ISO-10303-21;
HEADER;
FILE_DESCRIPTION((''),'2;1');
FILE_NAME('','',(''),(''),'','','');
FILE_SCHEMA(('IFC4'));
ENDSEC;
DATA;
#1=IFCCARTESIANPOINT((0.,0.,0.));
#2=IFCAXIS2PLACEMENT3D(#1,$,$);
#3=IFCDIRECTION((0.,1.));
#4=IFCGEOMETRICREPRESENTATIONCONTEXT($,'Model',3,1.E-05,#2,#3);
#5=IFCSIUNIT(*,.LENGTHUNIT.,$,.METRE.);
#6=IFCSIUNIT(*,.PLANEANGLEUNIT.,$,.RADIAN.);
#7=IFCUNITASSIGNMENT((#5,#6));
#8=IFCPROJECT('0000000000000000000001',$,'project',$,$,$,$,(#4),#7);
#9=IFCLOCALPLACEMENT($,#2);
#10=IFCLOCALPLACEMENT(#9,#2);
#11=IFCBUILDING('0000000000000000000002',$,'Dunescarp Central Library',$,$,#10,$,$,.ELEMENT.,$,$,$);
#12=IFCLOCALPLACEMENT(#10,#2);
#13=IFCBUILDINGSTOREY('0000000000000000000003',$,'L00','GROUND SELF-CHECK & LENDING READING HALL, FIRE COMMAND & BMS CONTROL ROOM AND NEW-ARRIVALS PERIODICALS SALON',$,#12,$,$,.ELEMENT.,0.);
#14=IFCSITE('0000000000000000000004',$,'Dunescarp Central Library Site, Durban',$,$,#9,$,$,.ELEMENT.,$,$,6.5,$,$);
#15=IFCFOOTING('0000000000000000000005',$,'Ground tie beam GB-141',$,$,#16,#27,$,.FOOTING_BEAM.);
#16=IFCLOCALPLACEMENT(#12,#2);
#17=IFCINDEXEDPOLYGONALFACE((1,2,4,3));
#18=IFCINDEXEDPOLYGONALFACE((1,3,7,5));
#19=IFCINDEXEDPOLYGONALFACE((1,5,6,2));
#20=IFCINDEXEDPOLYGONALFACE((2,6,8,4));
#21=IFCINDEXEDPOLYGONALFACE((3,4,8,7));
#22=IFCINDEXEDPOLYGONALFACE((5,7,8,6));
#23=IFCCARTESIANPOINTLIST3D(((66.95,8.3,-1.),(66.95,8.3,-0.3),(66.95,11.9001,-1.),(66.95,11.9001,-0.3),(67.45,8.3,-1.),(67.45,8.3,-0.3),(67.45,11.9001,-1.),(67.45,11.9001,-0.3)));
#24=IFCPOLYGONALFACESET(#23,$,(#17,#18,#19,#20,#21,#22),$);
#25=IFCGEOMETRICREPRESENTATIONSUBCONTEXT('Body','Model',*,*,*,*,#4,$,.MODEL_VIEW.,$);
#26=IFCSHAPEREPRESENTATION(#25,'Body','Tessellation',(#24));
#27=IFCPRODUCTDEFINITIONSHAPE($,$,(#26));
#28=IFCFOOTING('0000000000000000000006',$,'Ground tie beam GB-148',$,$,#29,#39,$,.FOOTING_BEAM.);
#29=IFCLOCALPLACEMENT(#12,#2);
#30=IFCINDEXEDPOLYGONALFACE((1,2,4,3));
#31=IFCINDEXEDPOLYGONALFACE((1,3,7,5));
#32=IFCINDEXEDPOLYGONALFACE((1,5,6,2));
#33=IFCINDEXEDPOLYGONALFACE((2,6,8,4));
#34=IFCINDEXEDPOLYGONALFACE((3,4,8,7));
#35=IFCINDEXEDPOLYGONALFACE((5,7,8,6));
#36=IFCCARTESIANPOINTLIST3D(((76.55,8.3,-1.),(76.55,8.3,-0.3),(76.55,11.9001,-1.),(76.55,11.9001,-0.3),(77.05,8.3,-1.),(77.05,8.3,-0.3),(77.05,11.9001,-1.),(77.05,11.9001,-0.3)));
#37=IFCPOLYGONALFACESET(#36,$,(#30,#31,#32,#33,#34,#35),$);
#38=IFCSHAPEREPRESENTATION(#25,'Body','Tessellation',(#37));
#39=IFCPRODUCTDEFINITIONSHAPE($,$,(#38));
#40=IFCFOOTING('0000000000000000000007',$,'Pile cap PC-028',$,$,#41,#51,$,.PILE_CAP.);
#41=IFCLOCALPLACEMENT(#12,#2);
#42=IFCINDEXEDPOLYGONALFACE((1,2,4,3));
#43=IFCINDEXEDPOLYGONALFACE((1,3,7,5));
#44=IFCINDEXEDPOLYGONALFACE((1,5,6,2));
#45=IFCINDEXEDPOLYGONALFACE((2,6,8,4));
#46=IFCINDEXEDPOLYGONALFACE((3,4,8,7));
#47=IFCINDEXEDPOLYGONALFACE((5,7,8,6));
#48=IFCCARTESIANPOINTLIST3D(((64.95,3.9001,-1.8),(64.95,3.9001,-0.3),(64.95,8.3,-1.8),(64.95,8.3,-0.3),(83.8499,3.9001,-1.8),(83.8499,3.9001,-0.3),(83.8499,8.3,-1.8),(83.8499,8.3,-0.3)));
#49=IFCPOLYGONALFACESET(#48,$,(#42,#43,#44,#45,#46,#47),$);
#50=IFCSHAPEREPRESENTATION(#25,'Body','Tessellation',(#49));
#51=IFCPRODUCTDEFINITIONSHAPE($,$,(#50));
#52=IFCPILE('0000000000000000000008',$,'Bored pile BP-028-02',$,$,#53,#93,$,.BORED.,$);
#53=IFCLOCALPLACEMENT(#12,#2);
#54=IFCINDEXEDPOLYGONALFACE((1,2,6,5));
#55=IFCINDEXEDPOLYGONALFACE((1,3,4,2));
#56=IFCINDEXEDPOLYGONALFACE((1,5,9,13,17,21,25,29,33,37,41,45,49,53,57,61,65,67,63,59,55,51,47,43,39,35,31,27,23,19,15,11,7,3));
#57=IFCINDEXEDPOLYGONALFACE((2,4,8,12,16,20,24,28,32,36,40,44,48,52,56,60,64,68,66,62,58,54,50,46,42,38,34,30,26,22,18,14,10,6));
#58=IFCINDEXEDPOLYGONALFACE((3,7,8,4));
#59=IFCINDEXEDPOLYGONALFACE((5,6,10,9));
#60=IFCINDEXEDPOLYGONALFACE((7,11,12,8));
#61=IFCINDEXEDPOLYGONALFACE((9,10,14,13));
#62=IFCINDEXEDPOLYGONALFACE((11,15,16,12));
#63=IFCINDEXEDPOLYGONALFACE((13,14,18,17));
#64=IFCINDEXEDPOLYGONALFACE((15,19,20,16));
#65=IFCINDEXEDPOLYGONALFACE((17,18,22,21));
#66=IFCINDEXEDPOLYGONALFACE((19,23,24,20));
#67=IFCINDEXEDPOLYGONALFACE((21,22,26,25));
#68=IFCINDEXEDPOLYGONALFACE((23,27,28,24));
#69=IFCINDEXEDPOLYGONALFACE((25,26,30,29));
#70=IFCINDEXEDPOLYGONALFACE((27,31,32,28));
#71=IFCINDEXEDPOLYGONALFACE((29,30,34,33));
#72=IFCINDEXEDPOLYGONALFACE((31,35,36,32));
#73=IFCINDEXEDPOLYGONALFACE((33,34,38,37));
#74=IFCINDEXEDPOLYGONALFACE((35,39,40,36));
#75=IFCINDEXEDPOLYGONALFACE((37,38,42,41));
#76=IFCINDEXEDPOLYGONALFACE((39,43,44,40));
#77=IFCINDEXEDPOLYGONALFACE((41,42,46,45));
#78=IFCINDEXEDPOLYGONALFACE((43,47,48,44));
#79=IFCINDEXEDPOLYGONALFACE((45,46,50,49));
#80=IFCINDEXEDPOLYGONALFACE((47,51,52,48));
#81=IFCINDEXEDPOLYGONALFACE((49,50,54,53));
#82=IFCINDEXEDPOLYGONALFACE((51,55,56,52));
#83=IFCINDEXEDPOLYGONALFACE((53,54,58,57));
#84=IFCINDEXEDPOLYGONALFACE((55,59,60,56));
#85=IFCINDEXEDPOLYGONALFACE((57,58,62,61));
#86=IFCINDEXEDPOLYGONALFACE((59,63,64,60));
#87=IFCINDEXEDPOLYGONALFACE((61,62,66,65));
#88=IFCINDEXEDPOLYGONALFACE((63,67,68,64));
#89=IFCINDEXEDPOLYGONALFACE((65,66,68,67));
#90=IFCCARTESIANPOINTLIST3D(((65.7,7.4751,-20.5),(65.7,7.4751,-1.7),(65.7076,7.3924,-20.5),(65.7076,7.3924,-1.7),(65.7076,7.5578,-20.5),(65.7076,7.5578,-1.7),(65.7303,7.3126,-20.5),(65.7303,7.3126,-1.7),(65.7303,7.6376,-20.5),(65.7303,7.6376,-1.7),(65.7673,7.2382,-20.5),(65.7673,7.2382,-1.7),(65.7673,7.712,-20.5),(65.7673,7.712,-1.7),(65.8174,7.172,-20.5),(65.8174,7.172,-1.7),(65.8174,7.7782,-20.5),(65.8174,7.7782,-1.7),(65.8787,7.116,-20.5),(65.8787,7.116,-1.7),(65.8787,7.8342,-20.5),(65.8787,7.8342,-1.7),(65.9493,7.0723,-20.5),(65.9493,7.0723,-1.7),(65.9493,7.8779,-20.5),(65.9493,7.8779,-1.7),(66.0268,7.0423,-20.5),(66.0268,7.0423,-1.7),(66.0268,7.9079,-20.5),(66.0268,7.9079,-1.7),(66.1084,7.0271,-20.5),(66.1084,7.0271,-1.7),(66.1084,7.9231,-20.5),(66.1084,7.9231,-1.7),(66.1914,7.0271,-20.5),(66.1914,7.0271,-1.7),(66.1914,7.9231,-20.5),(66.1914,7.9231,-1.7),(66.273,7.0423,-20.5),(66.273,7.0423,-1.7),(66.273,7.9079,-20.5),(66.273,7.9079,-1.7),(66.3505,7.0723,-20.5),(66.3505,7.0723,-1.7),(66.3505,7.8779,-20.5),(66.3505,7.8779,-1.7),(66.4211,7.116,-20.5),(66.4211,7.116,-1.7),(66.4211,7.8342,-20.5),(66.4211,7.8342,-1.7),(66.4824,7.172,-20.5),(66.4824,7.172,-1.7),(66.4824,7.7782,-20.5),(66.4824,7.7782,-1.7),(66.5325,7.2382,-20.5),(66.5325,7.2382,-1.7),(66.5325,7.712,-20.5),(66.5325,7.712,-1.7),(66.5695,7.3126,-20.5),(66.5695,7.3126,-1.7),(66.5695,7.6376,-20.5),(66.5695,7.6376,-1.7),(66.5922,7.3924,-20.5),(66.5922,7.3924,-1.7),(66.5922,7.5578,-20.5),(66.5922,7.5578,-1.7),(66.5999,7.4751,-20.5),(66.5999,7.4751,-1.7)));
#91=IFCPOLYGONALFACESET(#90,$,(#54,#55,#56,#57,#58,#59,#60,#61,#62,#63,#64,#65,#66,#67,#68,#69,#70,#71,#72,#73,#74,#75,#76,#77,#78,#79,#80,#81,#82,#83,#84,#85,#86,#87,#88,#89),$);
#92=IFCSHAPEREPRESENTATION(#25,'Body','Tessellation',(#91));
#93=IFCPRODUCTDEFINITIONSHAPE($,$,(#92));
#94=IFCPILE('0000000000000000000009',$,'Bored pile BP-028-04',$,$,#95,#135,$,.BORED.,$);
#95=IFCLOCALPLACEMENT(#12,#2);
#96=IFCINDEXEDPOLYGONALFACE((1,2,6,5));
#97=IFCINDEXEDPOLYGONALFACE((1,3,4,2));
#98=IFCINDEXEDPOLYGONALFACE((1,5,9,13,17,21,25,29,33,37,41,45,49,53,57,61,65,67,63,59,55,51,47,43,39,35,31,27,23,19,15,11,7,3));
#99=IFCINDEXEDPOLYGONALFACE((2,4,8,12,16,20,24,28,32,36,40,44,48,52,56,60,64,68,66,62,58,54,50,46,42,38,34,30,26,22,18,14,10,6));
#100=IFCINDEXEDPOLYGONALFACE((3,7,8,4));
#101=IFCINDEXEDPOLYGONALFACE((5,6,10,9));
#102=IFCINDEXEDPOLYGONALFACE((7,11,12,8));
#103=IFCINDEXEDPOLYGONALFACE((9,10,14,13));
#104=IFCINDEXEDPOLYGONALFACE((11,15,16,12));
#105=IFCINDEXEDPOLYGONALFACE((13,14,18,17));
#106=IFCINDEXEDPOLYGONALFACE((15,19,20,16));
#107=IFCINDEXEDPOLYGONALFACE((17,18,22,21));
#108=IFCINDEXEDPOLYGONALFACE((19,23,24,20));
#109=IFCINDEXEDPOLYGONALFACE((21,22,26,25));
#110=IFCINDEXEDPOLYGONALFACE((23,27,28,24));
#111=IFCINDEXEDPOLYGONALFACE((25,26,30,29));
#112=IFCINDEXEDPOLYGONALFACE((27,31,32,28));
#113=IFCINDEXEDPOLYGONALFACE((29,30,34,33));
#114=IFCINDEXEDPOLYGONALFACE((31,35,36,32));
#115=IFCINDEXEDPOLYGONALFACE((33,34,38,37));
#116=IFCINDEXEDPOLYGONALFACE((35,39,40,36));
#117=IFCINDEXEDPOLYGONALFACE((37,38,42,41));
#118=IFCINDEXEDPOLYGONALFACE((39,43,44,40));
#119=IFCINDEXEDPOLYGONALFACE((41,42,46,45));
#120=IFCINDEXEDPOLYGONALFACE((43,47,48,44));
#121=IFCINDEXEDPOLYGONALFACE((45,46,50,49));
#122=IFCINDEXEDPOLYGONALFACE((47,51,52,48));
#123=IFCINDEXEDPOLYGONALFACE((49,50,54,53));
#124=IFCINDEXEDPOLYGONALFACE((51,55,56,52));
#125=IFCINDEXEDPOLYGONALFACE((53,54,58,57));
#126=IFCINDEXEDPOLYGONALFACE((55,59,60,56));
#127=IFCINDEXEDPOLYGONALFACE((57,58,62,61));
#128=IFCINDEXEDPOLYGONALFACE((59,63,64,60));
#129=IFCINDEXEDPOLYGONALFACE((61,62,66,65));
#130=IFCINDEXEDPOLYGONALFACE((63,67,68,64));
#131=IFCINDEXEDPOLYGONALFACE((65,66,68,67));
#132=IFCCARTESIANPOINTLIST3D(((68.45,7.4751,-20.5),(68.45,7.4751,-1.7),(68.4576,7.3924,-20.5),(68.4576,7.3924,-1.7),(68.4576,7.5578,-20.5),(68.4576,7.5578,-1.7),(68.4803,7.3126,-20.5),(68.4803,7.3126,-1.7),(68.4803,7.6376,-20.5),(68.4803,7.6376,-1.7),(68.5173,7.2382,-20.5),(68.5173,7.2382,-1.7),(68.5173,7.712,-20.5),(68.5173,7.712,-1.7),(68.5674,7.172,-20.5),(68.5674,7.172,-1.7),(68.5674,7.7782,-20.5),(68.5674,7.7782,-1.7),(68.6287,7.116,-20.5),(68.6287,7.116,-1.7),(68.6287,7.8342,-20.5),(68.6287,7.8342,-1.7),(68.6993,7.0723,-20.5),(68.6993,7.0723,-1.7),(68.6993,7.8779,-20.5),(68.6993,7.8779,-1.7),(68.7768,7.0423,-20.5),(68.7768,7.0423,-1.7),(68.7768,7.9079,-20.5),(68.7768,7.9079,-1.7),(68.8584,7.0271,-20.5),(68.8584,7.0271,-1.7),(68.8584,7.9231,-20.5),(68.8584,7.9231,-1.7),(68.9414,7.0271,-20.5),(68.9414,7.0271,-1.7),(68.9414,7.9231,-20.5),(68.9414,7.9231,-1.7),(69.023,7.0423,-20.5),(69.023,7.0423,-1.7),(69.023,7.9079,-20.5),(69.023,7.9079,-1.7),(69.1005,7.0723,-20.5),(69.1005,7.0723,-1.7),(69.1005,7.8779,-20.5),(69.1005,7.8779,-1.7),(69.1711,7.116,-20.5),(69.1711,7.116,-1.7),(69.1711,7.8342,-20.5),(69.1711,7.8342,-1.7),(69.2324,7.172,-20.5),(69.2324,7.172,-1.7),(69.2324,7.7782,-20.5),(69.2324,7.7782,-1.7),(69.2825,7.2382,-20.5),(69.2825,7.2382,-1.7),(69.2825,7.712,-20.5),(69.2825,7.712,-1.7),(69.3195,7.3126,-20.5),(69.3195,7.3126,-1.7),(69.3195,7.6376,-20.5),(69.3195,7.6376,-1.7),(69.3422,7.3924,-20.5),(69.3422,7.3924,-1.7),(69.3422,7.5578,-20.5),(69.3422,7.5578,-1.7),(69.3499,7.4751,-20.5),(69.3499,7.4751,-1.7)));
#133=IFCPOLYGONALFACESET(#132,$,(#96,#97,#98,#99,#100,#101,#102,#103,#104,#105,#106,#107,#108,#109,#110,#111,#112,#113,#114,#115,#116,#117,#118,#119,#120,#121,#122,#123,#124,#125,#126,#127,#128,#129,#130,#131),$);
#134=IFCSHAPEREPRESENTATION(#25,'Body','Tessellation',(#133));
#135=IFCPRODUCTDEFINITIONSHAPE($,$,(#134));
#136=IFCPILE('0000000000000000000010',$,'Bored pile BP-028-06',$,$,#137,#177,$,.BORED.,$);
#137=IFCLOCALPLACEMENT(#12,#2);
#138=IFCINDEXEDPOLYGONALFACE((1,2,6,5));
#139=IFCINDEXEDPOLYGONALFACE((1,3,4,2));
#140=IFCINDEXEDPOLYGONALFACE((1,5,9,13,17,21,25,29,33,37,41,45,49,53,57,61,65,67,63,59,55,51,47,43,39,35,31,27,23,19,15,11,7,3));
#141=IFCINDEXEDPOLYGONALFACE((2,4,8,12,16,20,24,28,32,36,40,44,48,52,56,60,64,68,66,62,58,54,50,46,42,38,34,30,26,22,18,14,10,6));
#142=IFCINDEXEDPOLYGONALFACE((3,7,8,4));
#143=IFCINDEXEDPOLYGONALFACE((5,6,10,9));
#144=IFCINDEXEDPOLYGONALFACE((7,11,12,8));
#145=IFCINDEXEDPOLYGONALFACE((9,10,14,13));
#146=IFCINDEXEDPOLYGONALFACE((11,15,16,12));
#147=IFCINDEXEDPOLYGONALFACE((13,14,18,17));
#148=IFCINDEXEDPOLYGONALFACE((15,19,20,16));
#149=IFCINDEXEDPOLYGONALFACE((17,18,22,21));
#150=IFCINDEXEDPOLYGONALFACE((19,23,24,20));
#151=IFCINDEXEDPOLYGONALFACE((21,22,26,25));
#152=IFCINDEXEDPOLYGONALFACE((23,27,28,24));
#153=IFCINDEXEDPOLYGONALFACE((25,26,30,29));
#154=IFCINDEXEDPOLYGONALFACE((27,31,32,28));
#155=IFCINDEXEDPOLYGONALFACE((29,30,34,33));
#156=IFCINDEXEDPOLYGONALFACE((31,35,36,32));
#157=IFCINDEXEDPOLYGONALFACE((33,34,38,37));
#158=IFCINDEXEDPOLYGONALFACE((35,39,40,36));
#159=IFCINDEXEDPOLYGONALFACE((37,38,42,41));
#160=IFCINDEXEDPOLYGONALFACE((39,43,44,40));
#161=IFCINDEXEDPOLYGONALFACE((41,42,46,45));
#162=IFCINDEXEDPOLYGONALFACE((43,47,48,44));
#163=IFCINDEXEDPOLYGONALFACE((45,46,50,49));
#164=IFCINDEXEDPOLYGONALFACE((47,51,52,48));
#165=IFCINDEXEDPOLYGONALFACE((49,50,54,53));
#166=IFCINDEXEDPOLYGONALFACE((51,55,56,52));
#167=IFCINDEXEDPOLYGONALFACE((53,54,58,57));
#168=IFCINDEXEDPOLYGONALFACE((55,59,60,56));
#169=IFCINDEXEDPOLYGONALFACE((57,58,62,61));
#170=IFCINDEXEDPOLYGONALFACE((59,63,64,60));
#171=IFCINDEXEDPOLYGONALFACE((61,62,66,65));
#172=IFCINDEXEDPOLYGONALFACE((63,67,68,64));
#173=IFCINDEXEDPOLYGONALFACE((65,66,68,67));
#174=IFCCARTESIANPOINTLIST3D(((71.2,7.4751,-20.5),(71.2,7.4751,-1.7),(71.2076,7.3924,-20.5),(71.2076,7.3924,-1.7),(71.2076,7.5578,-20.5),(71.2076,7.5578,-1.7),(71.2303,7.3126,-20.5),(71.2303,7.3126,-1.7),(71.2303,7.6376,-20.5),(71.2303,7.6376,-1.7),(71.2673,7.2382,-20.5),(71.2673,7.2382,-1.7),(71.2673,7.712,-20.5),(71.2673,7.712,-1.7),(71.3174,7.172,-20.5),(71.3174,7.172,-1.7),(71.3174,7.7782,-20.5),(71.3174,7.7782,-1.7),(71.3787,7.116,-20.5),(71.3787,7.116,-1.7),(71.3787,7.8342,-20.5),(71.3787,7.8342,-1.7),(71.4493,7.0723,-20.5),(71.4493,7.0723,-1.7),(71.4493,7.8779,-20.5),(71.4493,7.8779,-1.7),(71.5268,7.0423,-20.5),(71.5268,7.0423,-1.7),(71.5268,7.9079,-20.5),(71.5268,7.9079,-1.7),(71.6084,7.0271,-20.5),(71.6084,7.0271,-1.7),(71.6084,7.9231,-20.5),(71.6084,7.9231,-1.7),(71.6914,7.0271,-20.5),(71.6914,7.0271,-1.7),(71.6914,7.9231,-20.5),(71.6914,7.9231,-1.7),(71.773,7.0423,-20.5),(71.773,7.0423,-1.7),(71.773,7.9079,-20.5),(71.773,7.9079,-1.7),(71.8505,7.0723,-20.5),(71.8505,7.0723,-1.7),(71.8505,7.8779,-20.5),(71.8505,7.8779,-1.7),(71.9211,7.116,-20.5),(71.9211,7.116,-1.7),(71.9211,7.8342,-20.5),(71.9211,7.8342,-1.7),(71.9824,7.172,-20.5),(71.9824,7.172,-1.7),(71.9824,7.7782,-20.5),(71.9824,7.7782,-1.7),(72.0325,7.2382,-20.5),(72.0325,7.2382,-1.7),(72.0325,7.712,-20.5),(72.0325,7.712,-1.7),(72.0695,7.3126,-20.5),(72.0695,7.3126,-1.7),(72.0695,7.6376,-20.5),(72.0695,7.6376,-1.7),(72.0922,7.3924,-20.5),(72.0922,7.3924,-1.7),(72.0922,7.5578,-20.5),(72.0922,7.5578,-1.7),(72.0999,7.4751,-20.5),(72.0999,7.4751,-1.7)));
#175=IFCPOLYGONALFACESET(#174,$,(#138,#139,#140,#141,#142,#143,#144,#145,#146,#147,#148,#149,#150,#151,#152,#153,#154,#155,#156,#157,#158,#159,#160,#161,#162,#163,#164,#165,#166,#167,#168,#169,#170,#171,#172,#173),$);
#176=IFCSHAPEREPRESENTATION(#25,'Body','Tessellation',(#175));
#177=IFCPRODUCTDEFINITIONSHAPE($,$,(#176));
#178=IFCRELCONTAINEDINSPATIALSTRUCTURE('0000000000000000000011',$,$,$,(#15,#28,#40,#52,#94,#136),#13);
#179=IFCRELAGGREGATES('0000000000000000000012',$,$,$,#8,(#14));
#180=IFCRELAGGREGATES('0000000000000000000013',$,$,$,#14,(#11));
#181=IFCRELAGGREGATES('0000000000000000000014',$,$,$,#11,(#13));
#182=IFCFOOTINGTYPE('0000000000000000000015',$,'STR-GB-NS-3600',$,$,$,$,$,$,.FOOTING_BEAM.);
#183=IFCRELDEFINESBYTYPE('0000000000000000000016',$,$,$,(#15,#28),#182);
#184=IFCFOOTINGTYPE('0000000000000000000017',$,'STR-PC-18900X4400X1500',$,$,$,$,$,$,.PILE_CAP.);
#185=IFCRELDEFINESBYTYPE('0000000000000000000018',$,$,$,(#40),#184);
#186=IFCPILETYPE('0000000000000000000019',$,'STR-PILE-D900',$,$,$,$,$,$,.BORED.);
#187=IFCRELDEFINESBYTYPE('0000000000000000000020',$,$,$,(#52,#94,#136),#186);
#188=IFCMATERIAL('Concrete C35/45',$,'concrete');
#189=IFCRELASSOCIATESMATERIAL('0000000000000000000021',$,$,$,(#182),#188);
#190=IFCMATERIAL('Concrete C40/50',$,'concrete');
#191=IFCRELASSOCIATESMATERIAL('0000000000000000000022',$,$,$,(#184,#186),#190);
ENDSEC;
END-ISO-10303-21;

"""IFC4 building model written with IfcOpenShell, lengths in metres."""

from ifc_helpers import new_model, si_unit, direction, frame, origin, origin_2d, place, context, subcontext, project, spatial, rectangle, circle, extrude, material, material_profile, profile_set, type_object, element, save


model = new_model("IFC4")

# Units and contexts
model_context = context("Model", 3, precision=1e-05, world=origin(), true_north=direction((0.0, 1.0)))
body_context = subcontext(model_context, "Body", "Model", "MODEL_VIEW")
ifc_project = project(units=[si_unit("LENGTHUNIT", "METRE"), si_unit("PLANEANGLEUNIT", "RADIAN")], contexts=[model_context])

# Site, building, storey
site_placement = place(None, origin())
site = spatial("IfcSite", under=ifc_project, at=site_placement, Name="Dunescarp Central Library Site, Durban", CompositionType="ELEMENT", RefElevation=6.5)
building_placement = place(site_placement, origin())
building = spatial("IfcBuilding", under=site, at=building_placement, Name="Dunescarp Central Library", CompositionType="ELEMENT")
storey_placement = place(building_placement, origin())
storey = spatial("IfcBuildingStorey", under=building, at=storey_placement, Name="L00", Description="GROUND SELF-CHECK & LENDING READING HALL, FIRE COMMAND & BMS CONTROL ROOM AND NEW-ARRIVALS PERIODICALS SALON", CompositionType="ELEMENT", Elevation=0.0)

# Footings
ifc_material_1 = material(Name="Concrete C35/45", Category="concrete")
footing_type_1 = type_object("IfcFootingType", Name="STR-GB-NS-3600", PredefinedType="FOOTING_BEAM", material=ifc_material_1)
for number, where, z_axis, x_axis, name in (
    (1, (67.2, 10.1001, -1.0), (0.0, 0.0, 1.0), (0.0, 1.0, 0.0), "Ground tie beam GB-141"),
    (2, (76.8, 10.1001, -1.0), (0.0, 0.0, 1.0), (0.0, 1.0, 0.0), "Ground tie beam GB-148"),
):
    element("IfcFooting", number, at=place(storey_placement, frame(where, z_axis=z_axis, x_axis=x_axis)), inside=storey, type_object=footing_type_1, Name=name, PredefinedType="FOOTING_BEAM", context=body_context, shape_type="SweptSolid", body=[
        extrude(rectangle(XDim=3.6001, YDim=0.5, at=origin_2d()), origin(), (0.0, 0.0, 1.0), 0.7),
    ])
ifc_material_2 = material(Name="Concrete C40/50", Category="concrete")
footing_type_2 = type_object("IfcFootingType", Name="STR-PC-18900X4400X1500", PredefinedType="PILE_CAP", material=ifc_material_2)
footing_placement = place(storey_placement, frame((74.3999, 6.1001, -1.8), z_axis=(0.0, 0.0, 1.0), x_axis=(1.0, 0.0, 0.0)))
element("IfcFooting", 3, at=footing_placement, inside=storey, type_object=footing_type_2, Name="Pile cap PC-028", PredefinedType="PILE_CAP", context=body_context, shape_type="SweptSolid", body=[
    extrude(rectangle(XDim=18.8999, YDim=4.3999, at=origin_2d()), origin(), (0.0, 0.0, 1.0), 1.5),
])

# Piles
ifc_material_profile_1 = material_profile(ifc_material_2, circle(Radius=0.45, at=origin_2d()), Name="PILE D900")
ifc_profile_set_1 = profile_set([ifc_material_profile_1], Name="Concrete C40/50")
pile_type = type_object("IfcPileType", Name="STR-PILE-D900", PredefinedType="BORED", material=ifc_profile_set_1)
for number, where, z_axis, x_axis, name in (
    (4, (66.1499, 7.4751, -1.7), (0.0, 0.0, -1.0), (1.0, 0.0, 0.0), "Bored pile BP-028-02"),
    (5, (68.8999, 7.4751, -1.7), (0.0, 0.0, -1.0), (1.0, 0.0, 0.0), "Bored pile BP-028-04"),
    (6, (71.6499, 7.4751, -1.7), (0.0, 0.0, -1.0), (1.0, 0.0, 0.0), "Bored pile BP-028-06"),
):
    element("IfcPile", number, at=place(storey_placement, frame(where, z_axis=z_axis, x_axis=x_axis)), inside=storey, type_object=pile_type, Name=name, PredefinedType="BORED", context=body_context, shape_type="SweptSolid", body=[
        extrude(circle(Radius=0.45, at=origin_2d()), origin(), (0.0, 0.0, 1.0), 18.8),
    ])

save(model, "model.ifc")
